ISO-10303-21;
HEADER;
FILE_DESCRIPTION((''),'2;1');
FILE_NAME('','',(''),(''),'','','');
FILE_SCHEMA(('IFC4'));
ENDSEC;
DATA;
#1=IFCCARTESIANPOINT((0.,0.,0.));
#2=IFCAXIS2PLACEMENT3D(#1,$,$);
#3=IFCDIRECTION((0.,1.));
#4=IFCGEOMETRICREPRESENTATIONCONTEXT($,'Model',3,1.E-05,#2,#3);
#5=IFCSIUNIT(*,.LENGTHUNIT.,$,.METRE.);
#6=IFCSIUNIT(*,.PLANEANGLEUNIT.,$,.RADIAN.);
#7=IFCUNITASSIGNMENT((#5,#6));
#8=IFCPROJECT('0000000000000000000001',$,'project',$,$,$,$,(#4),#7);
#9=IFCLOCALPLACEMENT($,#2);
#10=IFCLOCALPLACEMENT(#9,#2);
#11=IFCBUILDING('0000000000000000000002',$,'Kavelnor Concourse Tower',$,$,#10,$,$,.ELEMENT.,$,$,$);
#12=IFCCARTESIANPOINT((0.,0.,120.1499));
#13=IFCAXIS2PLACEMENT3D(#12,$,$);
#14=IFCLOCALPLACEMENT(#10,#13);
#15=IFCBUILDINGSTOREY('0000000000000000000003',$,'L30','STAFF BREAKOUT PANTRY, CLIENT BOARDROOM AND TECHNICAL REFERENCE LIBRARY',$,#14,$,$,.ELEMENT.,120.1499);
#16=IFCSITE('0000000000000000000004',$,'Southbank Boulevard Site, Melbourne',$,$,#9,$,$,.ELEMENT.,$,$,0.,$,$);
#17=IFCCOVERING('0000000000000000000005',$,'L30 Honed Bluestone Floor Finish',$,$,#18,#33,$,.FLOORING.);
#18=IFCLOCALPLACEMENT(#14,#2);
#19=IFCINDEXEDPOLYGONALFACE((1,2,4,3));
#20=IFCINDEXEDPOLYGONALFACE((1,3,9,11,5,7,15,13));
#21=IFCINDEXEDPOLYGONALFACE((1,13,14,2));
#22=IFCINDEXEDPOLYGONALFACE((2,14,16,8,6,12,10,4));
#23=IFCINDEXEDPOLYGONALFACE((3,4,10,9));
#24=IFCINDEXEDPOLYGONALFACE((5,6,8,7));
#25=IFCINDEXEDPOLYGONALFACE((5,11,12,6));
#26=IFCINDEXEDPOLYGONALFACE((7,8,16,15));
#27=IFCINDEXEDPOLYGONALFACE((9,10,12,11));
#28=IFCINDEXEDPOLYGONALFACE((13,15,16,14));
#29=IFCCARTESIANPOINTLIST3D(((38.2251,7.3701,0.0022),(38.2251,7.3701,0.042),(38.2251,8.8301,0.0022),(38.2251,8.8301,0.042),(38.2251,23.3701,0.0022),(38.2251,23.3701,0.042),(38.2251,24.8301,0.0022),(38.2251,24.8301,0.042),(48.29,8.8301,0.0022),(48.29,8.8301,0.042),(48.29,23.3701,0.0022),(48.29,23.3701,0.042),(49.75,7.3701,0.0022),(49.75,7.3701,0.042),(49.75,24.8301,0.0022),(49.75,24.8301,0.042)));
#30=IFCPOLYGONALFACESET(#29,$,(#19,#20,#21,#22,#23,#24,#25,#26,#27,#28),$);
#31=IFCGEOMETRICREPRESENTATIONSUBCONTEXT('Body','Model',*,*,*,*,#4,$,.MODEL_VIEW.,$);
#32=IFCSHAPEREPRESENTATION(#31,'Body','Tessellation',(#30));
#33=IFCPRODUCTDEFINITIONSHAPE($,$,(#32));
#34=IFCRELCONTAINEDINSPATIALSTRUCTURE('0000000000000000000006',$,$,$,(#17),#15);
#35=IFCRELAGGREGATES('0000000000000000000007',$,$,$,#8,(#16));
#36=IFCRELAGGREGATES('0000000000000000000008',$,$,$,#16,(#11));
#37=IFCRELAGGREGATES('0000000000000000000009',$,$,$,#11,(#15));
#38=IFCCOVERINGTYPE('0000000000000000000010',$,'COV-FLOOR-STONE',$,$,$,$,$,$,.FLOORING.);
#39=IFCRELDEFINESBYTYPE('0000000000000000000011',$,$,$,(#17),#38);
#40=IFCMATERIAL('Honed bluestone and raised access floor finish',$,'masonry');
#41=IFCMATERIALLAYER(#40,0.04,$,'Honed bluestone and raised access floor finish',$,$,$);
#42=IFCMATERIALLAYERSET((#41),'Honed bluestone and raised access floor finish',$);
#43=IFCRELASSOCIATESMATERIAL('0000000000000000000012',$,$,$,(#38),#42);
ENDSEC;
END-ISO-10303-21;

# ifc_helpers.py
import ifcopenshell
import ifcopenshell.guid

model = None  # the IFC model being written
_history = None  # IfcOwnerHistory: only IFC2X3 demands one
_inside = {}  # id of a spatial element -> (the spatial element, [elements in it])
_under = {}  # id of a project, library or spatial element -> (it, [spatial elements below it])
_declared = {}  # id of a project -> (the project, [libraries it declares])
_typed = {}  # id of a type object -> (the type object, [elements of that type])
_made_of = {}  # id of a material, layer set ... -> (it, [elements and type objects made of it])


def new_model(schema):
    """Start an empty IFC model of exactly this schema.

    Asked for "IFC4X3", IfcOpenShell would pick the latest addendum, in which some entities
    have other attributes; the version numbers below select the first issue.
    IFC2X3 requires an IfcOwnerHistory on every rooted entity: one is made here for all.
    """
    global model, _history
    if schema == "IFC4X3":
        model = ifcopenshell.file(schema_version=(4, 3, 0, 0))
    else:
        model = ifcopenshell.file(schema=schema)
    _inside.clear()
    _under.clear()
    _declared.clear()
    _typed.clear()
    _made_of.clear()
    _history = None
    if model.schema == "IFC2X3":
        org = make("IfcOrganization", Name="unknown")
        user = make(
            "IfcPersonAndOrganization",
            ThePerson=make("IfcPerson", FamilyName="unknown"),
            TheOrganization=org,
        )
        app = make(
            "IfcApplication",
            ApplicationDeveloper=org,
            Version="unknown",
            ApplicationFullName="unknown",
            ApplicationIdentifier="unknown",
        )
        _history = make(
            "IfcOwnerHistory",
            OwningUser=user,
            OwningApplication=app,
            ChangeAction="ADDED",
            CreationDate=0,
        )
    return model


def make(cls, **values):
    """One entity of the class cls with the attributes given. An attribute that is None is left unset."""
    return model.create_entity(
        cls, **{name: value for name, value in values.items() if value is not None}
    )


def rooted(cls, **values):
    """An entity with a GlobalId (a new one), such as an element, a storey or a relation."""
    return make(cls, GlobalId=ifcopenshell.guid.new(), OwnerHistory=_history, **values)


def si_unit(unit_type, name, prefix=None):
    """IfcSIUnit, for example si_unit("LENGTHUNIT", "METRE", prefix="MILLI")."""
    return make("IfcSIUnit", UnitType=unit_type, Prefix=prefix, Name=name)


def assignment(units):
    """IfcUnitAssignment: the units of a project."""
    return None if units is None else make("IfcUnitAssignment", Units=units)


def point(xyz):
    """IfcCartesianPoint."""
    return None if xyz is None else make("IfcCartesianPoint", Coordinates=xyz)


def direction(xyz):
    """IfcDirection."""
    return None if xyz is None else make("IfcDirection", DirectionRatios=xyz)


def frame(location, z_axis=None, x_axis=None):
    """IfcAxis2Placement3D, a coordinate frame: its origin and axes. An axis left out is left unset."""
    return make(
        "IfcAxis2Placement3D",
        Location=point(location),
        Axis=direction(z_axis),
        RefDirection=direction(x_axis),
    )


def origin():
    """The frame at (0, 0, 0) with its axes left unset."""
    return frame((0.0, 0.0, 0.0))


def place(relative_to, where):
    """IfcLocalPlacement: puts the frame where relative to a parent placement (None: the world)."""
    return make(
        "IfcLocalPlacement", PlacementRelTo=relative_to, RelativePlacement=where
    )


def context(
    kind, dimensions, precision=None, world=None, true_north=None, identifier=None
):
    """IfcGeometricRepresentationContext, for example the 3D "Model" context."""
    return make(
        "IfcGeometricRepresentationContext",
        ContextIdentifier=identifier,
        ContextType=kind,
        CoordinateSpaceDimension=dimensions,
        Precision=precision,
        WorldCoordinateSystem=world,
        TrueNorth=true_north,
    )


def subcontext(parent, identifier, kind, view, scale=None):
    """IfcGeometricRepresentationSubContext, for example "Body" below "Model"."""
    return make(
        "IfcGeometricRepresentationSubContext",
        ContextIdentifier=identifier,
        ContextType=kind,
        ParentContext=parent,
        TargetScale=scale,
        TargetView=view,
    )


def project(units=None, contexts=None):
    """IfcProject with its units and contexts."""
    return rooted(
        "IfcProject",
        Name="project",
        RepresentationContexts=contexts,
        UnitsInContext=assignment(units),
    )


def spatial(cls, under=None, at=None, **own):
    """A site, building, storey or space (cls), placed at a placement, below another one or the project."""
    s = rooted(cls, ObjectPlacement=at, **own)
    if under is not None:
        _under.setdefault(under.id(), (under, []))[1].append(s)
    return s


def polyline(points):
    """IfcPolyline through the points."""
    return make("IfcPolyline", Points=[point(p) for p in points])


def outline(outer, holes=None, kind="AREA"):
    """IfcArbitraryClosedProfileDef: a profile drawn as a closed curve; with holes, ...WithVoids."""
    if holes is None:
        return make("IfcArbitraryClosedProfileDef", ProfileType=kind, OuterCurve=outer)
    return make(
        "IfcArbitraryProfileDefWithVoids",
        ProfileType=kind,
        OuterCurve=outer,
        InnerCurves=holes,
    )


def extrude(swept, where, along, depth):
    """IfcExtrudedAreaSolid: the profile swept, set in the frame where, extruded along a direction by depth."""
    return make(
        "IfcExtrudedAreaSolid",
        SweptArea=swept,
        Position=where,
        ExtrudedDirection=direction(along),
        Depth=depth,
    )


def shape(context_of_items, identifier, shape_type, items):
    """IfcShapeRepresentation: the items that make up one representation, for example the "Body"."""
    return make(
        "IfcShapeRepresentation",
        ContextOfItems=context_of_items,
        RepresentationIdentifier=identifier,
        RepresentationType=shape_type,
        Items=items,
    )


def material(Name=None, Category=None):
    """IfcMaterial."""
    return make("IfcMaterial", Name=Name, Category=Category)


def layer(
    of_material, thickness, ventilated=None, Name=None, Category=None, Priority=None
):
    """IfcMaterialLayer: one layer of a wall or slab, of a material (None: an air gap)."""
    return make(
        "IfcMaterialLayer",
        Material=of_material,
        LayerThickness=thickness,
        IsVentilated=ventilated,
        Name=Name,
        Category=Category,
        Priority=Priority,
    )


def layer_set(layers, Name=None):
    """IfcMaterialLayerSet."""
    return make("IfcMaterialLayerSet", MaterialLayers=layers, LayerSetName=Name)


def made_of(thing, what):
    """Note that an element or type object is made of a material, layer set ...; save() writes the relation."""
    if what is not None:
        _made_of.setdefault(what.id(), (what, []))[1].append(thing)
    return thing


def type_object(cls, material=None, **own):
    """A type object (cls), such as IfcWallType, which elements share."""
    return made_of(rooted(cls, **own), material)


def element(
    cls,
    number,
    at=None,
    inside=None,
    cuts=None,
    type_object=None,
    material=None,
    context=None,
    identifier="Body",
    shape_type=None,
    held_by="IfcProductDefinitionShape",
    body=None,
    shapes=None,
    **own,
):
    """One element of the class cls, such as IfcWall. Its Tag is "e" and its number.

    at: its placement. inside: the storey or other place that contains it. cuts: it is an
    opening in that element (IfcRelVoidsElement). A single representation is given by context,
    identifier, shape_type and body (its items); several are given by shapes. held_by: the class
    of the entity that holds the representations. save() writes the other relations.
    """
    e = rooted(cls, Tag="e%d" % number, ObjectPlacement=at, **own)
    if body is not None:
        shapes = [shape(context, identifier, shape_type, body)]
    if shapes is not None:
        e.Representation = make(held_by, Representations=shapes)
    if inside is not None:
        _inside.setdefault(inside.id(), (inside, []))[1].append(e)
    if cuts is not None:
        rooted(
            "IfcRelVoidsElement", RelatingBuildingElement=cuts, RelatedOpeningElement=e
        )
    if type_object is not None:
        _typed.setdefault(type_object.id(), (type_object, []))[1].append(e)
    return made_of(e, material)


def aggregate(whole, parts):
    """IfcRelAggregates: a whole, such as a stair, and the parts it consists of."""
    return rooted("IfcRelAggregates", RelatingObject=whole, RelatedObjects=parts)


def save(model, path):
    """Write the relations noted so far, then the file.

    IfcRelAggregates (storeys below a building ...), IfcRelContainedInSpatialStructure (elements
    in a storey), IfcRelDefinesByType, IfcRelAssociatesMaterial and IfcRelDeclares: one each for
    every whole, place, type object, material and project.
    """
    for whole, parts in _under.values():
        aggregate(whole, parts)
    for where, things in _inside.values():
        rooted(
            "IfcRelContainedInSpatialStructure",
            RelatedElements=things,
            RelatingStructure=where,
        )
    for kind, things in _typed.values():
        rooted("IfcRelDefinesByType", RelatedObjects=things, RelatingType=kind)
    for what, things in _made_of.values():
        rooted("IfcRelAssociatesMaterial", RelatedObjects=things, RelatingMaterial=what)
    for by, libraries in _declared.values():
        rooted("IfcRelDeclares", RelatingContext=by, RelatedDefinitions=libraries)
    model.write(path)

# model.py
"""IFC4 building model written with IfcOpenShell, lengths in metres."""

from ifc_helpers import new_model, si_unit, direction, frame, origin, place, context, subcontext, project, spatial, polyline, outline, extrude, material, layer, layer_set, type_object, element, save


model = new_model("IFC4")

# Units and contexts
model_context = context("Model", 3, precision=1e-05, world=origin(), true_north=direction((0.0, 1.0)))
body_context = subcontext(model_context, "Body", "Model", "MODEL_VIEW")
ifc_project = project(units=[si_unit("LENGTHUNIT", "METRE"), si_unit("PLANEANGLEUNIT", "RADIAN")], contexts=[model_context])

# Site, building, storey
site_placement = place(None, origin())
site = spatial("IfcSite", under=ifc_project, at=site_placement, Name="Southbank Boulevard Site, Melbourne", CompositionType="ELEMENT", RefElevation=0.0)
building_placement = place(site_placement, origin())
building = spatial("IfcBuilding", under=site, at=building_placement, Name="Kavelnor Concourse Tower", CompositionType="ELEMENT")
storey_placement = place(building_placement, frame((0.0, 0.0, 120.1499)))
storey = spatial("IfcBuildingStorey", under=building, at=storey_placement, Name="L30", Description="STAFF BREAKOUT PANTRY, CLIENT BOARDROOM AND TECHNICAL REFERENCE LIBRARY", CompositionType="ELEMENT", Elevation=120.1499)

# Covering
ifc_material_1 = material(Name="Honed bluestone and raised access floor finish", Category="masonry")
ifc_layer_1 = layer(ifc_material_1, 0.04, Name="Honed bluestone and raised access floor finish")
ifc_layer_set_1 = layer_set([ifc_layer_1], Name="Honed bluestone and raised access floor finish")
covering_type_1 = type_object("IfcCoveringType", Name="COV-FLOOR-STONE", PredefinedType="FLOORING", material=ifc_layer_set_1)
covering_1_placement = place(storey_placement, frame((0.0, 0.0, 0.0022)))
element("IfcCovering", 1, at=covering_1_placement, inside=storey, type_object=covering_type_1, Name="L30 Honed Bluestone Floor Finish", PredefinedType="FLOORING", context=body_context, shape_type="SweptSolid", body=[
    extrude(outline(polyline([(49.75, 7.3701), (38.2251, 7.3701), (38.2251, 8.8301), (48.29, 8.8301), (48.29, 23.3701), (38.2251, 23.3701), (38.2251, 24.8301), (49.75, 24.8301), (49.75, 7.3701)])), origin(), (0.0, 0.0, 1.0), 0.0398),
])

save(model, "model.ifc")
